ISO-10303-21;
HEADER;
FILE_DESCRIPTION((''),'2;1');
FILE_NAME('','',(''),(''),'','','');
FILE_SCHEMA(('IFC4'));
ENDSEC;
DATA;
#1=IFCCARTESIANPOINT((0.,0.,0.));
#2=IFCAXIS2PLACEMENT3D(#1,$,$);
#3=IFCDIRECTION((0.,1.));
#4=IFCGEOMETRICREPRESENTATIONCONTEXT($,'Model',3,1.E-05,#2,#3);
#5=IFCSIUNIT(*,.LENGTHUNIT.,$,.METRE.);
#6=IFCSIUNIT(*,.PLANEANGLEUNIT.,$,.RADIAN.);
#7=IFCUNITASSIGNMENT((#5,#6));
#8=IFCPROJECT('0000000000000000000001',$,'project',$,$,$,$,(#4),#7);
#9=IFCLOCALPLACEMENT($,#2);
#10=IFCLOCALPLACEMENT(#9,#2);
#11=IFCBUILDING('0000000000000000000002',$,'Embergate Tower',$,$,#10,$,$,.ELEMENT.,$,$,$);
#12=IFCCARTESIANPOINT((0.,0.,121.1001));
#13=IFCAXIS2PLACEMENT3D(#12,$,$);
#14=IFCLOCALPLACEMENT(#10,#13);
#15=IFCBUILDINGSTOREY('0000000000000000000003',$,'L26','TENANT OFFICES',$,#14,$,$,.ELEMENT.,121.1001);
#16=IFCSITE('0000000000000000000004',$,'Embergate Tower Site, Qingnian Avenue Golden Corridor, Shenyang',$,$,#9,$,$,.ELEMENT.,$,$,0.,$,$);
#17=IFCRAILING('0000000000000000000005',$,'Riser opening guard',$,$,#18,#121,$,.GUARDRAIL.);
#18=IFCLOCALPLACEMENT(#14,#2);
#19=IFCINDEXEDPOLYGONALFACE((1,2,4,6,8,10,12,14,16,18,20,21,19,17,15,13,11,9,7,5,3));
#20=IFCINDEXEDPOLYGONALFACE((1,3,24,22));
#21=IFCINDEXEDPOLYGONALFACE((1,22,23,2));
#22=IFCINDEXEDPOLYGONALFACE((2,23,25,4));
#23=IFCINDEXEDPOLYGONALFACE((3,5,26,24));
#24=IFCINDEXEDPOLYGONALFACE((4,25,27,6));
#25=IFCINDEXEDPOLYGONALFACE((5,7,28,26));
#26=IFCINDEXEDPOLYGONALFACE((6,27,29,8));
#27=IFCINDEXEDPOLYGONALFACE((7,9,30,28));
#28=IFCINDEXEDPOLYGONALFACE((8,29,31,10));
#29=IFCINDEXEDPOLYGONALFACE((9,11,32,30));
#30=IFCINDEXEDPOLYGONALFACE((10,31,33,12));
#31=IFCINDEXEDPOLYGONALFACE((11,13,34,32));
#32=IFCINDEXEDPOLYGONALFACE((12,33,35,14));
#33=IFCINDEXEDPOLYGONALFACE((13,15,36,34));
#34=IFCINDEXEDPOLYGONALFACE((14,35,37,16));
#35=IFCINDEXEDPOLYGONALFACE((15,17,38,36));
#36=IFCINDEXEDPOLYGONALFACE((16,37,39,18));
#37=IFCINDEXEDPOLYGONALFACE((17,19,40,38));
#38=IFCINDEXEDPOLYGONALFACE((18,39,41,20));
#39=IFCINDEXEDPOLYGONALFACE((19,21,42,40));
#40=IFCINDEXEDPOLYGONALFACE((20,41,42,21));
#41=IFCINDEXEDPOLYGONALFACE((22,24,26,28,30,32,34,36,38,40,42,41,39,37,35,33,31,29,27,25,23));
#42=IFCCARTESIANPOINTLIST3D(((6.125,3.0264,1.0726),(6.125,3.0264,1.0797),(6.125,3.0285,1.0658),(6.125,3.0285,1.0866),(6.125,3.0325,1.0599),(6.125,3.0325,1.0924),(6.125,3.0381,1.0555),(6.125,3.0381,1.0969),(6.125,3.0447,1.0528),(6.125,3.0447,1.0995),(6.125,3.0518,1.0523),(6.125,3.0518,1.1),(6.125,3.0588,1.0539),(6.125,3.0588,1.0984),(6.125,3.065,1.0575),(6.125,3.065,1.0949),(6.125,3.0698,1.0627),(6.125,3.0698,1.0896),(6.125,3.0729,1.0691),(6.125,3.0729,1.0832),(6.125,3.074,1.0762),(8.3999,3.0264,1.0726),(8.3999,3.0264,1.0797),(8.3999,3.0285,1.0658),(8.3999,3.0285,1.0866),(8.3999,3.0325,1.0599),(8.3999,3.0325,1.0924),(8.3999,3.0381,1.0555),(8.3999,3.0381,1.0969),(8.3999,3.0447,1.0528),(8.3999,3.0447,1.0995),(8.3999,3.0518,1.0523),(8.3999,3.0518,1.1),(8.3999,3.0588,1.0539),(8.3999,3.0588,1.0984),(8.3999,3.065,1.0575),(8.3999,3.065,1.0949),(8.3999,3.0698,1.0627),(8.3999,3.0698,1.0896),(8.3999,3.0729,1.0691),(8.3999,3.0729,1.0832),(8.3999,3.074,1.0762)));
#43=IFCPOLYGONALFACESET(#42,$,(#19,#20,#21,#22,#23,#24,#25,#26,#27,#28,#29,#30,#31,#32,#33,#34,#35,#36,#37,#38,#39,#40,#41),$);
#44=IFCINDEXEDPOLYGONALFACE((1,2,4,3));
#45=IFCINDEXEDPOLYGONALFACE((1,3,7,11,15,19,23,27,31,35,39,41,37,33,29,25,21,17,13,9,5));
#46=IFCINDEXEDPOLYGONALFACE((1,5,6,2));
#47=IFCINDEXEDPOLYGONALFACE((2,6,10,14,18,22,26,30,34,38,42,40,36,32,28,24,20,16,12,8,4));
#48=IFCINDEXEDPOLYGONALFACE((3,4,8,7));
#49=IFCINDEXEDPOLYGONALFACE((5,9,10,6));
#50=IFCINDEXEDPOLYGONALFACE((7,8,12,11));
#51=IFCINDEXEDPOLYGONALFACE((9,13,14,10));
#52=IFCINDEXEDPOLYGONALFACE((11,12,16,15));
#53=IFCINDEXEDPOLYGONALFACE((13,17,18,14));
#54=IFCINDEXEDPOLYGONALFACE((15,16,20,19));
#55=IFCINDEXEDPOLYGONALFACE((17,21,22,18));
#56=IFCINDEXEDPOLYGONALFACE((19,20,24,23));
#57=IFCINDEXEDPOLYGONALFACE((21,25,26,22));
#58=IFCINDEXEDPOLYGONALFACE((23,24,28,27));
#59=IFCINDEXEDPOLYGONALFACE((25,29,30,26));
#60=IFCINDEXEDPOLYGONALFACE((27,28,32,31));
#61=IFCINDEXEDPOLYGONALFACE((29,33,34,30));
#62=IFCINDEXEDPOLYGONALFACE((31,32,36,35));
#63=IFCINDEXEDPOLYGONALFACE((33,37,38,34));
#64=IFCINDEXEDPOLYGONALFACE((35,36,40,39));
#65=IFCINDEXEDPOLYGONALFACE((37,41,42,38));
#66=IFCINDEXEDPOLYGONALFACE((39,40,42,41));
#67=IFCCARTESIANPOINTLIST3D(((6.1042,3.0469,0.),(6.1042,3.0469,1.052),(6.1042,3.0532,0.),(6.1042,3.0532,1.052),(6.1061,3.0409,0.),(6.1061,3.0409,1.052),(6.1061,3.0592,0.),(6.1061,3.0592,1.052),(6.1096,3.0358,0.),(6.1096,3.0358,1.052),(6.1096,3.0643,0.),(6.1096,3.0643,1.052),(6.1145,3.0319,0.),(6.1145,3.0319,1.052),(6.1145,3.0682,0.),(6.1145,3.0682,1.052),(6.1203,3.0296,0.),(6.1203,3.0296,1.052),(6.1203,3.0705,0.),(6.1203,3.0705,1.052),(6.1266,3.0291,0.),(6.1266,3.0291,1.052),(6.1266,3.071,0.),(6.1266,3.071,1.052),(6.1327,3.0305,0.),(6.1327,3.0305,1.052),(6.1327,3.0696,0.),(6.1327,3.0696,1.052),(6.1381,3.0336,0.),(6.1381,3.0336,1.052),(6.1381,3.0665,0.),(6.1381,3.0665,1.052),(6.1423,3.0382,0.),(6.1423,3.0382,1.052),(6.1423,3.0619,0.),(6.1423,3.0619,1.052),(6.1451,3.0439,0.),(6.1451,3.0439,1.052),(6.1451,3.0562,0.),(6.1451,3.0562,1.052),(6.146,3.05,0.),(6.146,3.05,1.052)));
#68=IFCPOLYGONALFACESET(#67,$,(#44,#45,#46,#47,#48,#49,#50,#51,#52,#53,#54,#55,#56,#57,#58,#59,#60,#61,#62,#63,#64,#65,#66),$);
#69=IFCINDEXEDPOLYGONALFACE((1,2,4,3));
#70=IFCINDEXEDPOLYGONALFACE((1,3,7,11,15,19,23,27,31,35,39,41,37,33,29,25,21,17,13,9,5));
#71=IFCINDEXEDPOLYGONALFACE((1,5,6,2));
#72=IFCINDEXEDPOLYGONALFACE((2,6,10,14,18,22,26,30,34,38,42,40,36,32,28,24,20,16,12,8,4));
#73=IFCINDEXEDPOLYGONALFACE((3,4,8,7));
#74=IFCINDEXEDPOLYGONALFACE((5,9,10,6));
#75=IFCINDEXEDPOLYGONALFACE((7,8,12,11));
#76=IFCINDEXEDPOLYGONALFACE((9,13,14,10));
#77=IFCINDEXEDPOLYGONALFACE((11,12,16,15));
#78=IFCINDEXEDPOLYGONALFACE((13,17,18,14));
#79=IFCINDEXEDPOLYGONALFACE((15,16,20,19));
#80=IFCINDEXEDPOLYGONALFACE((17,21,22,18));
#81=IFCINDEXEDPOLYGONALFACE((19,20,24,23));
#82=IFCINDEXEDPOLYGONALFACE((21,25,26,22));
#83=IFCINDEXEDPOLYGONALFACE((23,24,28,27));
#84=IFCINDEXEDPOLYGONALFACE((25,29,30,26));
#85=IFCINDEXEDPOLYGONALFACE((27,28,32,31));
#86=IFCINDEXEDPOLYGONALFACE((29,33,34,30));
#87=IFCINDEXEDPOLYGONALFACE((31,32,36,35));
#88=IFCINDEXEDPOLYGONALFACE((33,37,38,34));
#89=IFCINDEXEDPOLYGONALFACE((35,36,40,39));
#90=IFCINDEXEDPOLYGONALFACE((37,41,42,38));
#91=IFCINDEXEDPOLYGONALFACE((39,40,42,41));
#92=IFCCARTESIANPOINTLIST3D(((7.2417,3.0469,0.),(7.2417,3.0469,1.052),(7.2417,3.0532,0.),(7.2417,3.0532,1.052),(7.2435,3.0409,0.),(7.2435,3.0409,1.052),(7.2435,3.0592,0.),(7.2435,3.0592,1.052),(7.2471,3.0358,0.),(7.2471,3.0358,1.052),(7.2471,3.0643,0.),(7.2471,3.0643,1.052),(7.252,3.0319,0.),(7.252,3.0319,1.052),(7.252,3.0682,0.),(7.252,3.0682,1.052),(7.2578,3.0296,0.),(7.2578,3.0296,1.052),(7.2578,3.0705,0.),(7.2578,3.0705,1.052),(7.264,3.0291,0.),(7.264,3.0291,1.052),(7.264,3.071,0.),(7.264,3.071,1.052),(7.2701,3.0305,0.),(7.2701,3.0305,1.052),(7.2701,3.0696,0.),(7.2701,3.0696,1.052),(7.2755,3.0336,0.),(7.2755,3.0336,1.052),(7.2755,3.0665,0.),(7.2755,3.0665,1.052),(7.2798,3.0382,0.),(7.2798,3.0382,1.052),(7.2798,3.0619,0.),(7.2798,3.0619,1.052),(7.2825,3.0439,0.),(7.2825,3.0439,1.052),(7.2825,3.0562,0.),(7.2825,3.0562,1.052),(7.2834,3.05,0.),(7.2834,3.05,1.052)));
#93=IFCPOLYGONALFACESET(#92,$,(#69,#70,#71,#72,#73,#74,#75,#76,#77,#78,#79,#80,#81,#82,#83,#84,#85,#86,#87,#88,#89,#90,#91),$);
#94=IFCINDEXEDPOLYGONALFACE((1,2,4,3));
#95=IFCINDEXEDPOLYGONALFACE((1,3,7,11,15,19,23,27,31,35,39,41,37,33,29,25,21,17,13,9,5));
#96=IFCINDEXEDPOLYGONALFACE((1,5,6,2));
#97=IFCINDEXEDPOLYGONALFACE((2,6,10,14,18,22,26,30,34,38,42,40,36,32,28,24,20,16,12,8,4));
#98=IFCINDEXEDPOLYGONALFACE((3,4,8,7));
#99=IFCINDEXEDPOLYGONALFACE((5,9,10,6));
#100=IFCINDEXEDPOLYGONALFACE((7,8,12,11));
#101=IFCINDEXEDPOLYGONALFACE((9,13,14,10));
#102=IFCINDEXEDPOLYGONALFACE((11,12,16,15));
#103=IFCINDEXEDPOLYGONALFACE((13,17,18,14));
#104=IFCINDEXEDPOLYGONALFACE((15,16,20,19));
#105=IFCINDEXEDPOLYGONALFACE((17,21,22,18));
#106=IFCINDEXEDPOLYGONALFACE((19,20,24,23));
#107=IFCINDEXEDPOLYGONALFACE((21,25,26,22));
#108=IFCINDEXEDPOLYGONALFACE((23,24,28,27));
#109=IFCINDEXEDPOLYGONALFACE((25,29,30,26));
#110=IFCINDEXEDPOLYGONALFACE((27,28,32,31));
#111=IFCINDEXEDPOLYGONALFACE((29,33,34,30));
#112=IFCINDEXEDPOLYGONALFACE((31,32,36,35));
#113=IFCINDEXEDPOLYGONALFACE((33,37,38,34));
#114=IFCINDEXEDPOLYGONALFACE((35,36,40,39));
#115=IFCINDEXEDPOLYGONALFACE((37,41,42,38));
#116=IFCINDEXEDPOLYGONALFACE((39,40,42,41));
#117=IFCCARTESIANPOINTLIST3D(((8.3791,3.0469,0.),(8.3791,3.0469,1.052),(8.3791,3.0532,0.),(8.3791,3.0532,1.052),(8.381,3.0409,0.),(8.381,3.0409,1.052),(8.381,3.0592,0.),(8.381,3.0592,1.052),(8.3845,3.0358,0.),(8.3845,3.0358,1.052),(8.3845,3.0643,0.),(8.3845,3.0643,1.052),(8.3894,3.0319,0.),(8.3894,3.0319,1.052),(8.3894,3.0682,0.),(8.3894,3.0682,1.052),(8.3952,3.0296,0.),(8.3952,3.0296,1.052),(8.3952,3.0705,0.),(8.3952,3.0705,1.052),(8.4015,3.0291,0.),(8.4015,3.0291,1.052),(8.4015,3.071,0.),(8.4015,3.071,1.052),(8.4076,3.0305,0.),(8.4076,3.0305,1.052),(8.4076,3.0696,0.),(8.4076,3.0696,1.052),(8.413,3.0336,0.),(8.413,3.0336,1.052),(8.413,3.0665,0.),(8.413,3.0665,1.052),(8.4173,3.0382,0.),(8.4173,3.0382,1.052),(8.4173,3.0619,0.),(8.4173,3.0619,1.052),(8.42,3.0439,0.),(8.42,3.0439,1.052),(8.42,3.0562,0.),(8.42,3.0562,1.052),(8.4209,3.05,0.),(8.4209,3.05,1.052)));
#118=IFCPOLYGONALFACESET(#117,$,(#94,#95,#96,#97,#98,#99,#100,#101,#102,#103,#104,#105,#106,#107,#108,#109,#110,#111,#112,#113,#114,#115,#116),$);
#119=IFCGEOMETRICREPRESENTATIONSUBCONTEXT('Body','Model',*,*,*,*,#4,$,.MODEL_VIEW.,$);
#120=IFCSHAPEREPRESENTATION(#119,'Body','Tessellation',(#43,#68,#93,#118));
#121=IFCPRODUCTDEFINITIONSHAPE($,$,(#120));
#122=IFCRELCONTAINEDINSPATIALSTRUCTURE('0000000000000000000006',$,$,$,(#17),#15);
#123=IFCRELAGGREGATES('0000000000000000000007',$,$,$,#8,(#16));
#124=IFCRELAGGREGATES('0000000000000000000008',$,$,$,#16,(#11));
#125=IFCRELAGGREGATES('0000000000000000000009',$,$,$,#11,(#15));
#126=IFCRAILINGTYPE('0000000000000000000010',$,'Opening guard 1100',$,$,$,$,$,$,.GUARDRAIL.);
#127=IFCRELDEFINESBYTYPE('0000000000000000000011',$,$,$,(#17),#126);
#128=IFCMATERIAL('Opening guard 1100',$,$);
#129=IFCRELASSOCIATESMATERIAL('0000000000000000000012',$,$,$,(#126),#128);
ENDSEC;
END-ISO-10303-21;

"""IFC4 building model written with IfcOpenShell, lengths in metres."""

from ifc_helpers import new_model, si_unit, direction, frame, origin, origin_2d, place, context, subcontext, project, spatial, circle, extrude, source, transform, mapped, material, type_object, element, save


model = new_model("IFC4")

# Units and contexts
model_context = context("Model", 3, precision=1e-05, world=origin(), true_north=direction((0.0, 1.0)))
body_context = subcontext(model_context, "Body", "Model", "MODEL_VIEW")
ifc_project = project(units=[si_unit("LENGTHUNIT", "METRE"), si_unit("PLANEANGLEUNIT", "RADIAN")], contexts=[model_context])

# Site, building, storey
site_placement = place(None, origin())
site = spatial("IfcSite", under=ifc_project, at=site_placement, Name="Embergate Tower Site, Qingnian Avenue Golden Corridor, Shenyang", CompositionType="ELEMENT", RefElevation=0.0)
building_placement = place(site_placement, origin())
building = spatial("IfcBuilding", under=site, at=building_placement, Name="Embergate Tower", CompositionType="ELEMENT")
storey_placement = place(building_placement, frame((0.0, 0.0, 121.1001)))
storey = spatial("IfcBuildingStorey", under=building, at=storey_placement, Name="L26", Description="TENANT OFFICES", CompositionType="ELEMENT", Elevation=121.1001)

# Railing
ifc_material_1 = material(Name="Opening guard 1100")
railing_type_1 = type_object("IfcRailingType", Name="Opening guard 1100", PredefinedType="GUARDRAIL", material=ifc_material_1)
shared_shape_1 = source(origin(), body_context, "Body", "SweptSolid", [
    extrude(circle(Radius=0.0239, at=origin_2d()), frame((0.0, 0.0, 1.0762), z_axis=(1.0, 0.0, 0.0), x_axis=(0.0, 1.0, 0.0)), (0.0, 0.0, 1.0), 2.2749),
    extrude(circle(Radius=0.021, at=origin_2d()), origin(), (0.0, 0.0, 1.0), 1.052),
    extrude(circle(Radius=0.021, at=origin_2d()), frame((1.1375, 0.0, 0.0)), (0.0, 0.0, 1.0), 1.052),
    extrude(circle(Radius=0.021, at=origin_2d()), frame((2.2749, 0.0, 0.0)), (0.0, 0.0, 1.0), 1.052),
])
railing_1_placement = place(storey_placement, frame((6.125, 3.05, 0.0)))
element("IfcRailing", 1, at=railing_1_placement, inside=storey, type_object=railing_type_1, Name="Riser opening guard", PredefinedType="GUARDRAIL", context=body_context, shape_type="MappedRepresentation", body=[
    mapped(shared_shape_1, transform((0.0, 0.0, 0.0))),
])

save(model, "model.ifc")
